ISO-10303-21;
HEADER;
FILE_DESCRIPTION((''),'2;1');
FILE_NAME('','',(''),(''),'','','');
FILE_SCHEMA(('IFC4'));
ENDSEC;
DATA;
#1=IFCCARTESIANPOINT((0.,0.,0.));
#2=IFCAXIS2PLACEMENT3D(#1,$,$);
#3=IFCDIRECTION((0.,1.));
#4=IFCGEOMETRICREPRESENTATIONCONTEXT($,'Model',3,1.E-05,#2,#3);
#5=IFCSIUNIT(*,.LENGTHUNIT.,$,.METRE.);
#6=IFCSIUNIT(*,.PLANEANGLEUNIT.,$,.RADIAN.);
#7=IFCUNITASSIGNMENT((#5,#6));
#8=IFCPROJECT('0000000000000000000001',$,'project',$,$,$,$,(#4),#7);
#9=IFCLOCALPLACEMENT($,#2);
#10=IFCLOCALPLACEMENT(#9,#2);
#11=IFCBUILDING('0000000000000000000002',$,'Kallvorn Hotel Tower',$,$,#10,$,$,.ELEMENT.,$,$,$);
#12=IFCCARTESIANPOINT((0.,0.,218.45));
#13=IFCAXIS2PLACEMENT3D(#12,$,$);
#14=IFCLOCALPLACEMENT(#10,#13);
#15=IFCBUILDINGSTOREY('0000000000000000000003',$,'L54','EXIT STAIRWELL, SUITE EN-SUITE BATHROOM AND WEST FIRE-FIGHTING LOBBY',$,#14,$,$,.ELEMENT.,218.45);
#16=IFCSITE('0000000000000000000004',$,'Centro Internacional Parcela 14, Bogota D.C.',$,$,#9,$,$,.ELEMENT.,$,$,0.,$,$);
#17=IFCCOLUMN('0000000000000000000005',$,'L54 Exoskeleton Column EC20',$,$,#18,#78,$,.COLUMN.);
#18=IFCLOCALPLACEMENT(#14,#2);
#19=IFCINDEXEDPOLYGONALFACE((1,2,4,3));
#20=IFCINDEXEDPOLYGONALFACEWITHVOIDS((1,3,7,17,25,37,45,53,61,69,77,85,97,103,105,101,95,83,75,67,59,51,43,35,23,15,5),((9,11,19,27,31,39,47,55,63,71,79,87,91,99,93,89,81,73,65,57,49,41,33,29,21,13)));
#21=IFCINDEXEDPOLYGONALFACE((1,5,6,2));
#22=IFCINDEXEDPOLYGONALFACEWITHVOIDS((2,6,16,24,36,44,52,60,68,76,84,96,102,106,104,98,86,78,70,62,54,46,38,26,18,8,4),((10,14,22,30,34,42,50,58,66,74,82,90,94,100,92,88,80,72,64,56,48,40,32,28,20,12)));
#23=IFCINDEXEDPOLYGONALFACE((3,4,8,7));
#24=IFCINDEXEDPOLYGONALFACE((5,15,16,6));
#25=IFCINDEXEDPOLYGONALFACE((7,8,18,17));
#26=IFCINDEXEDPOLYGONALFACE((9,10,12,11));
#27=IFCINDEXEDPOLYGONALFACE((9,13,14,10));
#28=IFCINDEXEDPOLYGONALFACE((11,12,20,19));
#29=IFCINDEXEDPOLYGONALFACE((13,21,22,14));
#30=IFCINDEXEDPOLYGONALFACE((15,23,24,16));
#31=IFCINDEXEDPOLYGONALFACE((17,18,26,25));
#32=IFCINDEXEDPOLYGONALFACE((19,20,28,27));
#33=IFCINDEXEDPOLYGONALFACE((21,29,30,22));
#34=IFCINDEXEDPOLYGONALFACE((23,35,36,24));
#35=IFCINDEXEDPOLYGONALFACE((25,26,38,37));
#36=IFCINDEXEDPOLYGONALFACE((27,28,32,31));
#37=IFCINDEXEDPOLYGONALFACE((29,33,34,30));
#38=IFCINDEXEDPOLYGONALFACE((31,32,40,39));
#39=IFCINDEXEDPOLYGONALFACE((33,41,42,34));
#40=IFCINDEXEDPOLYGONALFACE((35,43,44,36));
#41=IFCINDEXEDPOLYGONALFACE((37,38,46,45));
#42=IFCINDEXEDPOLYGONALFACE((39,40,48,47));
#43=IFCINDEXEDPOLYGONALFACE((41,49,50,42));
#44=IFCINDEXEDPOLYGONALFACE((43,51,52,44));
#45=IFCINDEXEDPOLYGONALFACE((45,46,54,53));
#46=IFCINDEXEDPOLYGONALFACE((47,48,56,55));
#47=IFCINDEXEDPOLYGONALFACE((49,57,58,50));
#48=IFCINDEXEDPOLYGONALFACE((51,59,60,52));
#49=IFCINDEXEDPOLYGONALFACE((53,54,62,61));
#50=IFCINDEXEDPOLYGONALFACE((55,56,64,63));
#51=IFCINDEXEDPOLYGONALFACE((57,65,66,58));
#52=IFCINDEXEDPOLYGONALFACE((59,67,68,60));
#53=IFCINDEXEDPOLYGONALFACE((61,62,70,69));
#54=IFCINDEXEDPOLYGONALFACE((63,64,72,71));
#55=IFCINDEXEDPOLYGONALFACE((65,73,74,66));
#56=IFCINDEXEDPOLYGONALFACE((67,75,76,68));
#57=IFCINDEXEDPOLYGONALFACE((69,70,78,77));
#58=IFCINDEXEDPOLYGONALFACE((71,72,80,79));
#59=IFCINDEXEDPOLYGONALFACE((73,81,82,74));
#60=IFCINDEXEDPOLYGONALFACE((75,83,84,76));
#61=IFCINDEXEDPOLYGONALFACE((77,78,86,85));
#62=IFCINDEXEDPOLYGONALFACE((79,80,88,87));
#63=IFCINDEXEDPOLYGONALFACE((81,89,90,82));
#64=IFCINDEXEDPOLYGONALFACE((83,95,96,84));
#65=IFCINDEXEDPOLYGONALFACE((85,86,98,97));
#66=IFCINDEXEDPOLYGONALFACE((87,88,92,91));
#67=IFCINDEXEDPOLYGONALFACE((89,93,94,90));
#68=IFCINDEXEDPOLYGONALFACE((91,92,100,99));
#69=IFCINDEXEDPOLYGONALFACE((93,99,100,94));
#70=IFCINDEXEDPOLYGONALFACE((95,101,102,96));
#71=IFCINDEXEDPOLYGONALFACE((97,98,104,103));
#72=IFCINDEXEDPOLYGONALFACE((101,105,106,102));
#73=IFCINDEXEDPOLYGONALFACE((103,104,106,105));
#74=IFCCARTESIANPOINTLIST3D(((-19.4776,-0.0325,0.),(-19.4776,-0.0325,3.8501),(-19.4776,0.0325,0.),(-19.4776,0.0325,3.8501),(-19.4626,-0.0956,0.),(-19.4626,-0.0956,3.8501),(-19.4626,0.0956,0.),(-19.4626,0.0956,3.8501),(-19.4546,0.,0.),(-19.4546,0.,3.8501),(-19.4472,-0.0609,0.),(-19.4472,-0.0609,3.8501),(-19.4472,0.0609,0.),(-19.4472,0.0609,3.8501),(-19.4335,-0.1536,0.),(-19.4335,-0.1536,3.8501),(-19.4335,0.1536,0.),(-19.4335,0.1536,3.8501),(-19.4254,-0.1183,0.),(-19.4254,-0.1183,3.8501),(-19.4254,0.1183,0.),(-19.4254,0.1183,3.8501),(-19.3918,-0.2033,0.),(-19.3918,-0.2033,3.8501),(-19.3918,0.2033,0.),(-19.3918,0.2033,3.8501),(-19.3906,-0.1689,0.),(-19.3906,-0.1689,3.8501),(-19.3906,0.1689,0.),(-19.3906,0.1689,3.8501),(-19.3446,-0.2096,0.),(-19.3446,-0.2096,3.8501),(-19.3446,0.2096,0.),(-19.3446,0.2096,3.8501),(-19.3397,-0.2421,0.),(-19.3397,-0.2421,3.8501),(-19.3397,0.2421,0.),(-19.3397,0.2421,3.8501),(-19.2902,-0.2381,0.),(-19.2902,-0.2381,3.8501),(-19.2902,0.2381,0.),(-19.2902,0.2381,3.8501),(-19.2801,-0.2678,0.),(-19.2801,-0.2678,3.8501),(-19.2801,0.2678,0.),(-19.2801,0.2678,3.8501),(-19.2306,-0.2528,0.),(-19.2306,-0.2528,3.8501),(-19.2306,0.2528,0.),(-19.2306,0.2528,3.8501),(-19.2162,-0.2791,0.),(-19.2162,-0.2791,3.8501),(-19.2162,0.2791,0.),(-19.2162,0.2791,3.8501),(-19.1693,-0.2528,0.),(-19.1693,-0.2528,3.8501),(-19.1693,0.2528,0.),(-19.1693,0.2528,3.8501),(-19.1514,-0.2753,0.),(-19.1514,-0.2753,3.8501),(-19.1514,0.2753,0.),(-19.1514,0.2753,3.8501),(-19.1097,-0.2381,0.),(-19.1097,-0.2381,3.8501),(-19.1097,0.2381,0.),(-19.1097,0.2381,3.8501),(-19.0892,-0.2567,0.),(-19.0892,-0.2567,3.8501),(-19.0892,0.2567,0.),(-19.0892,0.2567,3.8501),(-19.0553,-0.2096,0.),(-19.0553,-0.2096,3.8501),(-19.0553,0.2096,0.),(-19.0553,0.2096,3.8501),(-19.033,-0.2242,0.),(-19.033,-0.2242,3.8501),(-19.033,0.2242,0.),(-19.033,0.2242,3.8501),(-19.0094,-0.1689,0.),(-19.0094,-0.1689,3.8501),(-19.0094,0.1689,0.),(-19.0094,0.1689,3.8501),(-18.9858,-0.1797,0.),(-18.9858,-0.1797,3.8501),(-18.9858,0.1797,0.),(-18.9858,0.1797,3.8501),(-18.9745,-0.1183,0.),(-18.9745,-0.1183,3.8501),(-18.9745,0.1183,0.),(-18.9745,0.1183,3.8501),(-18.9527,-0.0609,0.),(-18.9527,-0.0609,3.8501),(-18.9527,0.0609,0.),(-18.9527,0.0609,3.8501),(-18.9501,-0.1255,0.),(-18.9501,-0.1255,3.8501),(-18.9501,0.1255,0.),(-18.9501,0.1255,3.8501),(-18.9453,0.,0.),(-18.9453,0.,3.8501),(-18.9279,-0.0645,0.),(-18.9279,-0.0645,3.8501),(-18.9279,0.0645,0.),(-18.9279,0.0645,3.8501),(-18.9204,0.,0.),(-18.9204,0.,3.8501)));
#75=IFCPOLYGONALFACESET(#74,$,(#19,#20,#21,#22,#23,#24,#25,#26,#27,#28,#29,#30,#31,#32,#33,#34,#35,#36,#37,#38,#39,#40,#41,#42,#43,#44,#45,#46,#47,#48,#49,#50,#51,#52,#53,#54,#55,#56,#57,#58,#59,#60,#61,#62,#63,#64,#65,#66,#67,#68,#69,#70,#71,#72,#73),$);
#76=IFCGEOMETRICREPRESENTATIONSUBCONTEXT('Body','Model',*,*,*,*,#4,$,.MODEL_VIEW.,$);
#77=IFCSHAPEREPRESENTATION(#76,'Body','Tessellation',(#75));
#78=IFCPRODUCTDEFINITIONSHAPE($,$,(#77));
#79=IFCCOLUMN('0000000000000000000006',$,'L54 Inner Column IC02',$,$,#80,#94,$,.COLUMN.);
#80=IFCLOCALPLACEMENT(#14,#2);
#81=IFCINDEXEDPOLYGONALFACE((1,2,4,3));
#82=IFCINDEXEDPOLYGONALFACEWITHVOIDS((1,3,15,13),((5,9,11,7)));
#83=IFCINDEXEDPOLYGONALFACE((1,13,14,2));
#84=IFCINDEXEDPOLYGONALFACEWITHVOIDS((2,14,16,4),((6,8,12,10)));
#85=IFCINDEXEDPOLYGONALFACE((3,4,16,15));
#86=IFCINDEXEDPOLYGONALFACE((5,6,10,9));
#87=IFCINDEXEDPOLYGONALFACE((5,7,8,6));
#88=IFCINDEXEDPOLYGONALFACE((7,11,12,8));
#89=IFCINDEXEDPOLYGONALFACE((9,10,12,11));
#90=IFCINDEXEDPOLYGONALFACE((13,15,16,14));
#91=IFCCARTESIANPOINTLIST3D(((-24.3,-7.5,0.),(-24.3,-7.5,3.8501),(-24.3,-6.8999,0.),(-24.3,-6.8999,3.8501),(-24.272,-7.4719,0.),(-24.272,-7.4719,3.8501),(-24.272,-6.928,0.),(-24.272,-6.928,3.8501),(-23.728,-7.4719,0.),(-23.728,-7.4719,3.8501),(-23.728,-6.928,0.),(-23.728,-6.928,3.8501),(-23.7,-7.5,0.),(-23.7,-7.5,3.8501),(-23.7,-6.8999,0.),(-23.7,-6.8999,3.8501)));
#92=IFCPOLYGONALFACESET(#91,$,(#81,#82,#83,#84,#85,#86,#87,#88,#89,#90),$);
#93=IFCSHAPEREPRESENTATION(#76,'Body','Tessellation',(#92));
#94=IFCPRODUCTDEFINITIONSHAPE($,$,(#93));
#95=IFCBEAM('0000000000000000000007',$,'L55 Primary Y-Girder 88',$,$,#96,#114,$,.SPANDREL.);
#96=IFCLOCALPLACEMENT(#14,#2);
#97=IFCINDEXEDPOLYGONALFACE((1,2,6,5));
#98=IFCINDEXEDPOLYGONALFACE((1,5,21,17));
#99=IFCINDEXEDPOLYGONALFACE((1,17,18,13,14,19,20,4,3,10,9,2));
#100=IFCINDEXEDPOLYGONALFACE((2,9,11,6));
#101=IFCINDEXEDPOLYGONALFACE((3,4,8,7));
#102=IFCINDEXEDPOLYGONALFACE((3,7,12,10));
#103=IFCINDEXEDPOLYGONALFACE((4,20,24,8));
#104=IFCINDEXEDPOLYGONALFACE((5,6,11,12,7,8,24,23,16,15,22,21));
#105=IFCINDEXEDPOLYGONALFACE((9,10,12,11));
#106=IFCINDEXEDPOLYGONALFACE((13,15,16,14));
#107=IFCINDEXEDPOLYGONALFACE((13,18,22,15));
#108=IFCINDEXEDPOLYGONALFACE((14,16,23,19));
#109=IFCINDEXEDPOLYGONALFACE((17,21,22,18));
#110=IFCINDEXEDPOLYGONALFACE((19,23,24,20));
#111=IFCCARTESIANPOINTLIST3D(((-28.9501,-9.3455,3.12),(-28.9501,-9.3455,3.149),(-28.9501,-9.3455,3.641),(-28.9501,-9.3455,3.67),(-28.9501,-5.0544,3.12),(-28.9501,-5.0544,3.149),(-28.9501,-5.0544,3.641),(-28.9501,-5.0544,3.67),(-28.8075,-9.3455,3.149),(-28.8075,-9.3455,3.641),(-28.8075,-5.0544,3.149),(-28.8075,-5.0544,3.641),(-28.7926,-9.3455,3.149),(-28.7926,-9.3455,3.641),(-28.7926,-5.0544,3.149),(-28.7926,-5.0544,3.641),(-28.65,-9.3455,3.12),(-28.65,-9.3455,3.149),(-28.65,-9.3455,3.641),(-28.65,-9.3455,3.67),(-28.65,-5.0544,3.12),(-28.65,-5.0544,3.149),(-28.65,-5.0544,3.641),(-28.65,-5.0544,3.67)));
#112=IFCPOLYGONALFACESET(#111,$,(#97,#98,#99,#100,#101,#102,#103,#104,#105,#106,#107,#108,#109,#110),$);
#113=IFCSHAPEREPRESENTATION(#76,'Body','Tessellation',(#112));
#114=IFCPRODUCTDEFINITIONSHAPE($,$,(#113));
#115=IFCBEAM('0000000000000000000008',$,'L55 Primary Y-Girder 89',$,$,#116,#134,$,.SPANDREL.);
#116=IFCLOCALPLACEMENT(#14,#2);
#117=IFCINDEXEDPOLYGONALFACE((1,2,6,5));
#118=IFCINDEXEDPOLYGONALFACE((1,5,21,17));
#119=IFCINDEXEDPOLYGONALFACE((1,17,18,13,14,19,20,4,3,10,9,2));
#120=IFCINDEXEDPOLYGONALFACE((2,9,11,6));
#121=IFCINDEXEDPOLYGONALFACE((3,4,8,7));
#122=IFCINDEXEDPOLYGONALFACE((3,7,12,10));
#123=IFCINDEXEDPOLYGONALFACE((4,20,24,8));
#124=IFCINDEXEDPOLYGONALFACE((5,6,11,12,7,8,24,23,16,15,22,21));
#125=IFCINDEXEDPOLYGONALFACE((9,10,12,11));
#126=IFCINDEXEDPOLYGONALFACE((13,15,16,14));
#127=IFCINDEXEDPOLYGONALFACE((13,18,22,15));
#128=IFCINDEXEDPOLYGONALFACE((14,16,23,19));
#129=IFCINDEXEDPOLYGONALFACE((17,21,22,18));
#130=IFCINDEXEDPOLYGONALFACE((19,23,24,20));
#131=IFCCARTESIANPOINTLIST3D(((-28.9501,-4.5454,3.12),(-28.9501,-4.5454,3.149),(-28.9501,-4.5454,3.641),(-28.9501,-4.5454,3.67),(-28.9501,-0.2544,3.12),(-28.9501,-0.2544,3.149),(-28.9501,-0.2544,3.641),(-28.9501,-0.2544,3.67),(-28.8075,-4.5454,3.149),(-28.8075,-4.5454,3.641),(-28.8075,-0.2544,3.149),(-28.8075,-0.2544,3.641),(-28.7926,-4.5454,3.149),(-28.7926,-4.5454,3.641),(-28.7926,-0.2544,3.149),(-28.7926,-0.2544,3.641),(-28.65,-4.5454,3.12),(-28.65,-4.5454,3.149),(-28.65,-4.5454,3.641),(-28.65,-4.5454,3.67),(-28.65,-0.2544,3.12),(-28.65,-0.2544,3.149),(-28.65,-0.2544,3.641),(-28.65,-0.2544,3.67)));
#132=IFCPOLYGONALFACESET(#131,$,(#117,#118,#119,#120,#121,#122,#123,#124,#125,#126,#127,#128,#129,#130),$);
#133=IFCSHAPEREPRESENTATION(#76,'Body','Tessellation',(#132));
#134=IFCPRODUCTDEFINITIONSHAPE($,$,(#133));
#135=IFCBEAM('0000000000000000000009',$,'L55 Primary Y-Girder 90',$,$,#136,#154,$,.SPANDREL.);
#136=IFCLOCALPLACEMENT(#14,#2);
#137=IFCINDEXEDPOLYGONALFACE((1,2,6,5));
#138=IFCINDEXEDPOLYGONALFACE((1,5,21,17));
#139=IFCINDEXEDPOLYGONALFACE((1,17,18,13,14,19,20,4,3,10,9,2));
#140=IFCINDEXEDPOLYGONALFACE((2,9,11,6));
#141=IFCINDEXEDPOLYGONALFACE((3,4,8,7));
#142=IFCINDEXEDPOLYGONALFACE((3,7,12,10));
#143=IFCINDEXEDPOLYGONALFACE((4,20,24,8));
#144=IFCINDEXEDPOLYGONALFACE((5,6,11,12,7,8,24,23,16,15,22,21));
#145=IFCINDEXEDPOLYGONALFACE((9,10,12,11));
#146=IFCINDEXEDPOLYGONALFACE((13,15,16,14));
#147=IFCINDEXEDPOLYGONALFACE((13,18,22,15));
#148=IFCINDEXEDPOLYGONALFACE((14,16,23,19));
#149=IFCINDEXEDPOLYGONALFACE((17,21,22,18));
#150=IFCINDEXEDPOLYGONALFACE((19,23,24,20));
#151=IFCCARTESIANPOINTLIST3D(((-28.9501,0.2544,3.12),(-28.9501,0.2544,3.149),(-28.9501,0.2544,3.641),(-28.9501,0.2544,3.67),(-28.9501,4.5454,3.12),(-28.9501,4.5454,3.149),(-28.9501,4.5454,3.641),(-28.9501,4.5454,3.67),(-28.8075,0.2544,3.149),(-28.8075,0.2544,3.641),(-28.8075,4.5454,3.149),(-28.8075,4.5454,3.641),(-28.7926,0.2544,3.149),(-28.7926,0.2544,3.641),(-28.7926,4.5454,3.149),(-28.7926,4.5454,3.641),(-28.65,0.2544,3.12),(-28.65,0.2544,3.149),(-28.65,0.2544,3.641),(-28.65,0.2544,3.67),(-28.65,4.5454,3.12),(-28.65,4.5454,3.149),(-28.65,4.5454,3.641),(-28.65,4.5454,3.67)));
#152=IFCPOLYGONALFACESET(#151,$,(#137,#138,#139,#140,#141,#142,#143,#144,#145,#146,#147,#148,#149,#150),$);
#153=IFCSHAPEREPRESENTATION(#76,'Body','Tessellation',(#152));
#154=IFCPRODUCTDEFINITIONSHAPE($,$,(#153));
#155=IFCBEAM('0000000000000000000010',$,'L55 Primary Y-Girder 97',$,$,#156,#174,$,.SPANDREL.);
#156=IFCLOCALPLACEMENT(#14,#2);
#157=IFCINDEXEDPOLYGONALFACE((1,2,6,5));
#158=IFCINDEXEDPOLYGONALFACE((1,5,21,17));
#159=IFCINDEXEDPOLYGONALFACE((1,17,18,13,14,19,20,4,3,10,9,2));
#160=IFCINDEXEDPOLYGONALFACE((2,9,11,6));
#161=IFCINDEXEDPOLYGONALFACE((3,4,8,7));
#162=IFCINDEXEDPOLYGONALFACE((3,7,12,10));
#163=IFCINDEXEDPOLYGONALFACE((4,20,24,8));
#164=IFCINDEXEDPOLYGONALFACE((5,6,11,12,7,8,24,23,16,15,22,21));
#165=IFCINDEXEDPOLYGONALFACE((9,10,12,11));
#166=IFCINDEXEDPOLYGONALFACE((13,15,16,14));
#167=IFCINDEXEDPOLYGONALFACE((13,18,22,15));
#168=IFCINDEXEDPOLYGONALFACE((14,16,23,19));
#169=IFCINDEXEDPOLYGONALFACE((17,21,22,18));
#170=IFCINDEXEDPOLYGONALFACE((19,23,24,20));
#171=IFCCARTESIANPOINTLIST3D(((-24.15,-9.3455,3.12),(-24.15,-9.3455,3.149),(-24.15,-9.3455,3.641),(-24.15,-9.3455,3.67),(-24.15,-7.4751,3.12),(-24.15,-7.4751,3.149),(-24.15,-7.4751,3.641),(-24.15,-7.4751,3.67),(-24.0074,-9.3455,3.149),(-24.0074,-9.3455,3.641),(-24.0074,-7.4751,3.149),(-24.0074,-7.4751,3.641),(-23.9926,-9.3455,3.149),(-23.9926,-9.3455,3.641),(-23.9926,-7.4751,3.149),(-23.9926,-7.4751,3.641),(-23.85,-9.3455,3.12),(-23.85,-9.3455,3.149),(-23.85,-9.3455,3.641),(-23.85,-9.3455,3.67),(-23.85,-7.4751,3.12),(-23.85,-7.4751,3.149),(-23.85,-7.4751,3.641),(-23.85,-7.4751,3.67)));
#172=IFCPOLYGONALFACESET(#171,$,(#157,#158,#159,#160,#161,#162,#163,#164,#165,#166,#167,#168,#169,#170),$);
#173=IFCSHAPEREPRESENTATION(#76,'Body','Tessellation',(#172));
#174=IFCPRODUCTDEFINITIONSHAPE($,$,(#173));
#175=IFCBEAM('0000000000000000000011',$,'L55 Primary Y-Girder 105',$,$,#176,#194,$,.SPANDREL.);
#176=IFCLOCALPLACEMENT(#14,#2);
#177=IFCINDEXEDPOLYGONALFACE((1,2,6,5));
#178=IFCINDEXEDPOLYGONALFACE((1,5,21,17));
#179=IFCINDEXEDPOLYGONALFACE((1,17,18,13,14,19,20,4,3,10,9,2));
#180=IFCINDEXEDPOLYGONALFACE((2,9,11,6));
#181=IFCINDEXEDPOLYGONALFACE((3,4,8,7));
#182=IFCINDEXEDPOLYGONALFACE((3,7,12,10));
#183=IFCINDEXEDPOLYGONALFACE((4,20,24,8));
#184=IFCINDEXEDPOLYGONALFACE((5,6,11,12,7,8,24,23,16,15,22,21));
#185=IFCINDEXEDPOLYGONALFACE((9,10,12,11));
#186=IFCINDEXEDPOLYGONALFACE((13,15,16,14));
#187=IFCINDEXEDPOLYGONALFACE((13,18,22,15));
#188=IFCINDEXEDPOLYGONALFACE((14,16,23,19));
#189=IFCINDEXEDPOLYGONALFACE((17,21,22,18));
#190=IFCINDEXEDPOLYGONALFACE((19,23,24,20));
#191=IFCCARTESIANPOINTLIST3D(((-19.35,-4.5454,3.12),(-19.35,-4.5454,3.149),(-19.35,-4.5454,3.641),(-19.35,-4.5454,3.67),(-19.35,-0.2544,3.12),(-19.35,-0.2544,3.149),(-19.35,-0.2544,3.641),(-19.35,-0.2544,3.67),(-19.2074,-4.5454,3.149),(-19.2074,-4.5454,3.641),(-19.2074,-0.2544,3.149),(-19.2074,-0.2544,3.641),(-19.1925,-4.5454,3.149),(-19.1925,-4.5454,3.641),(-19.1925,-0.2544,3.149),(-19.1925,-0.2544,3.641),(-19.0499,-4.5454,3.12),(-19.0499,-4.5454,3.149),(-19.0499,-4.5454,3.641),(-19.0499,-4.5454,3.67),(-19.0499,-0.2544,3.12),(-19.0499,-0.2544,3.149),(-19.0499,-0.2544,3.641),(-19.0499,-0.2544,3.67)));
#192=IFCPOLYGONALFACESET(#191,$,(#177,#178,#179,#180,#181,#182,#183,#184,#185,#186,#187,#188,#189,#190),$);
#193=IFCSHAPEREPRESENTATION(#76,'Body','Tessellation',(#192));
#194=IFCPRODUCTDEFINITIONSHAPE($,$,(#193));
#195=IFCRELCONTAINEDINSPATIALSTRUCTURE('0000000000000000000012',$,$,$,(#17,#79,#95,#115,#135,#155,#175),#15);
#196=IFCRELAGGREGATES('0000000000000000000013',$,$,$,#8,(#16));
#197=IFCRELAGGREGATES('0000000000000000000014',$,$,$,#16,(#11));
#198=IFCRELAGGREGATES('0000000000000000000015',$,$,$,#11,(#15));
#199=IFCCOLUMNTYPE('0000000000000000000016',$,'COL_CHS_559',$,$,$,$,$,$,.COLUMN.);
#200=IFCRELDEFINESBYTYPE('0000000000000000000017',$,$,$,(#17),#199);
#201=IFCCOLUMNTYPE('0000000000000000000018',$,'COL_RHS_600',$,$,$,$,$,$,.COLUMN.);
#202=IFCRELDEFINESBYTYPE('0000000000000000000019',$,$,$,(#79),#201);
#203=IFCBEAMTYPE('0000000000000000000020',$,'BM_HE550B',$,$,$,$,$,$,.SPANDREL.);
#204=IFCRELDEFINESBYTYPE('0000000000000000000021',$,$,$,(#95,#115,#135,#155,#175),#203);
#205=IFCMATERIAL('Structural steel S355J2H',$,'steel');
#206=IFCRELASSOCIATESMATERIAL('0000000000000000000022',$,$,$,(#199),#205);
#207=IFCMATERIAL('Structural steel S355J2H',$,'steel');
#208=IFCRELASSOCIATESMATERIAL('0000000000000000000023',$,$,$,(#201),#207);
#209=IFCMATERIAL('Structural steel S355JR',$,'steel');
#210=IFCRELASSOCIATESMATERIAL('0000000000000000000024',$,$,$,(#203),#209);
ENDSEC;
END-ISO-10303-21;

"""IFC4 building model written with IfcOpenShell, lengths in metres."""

from ifc_helpers import new_model, si_unit, direction, frame, origin, origin_2d, place, context, subcontext, project, spatial, hollow_rectangle, hollow_circle, i_section, extrude, material, material_profile, profile_set, type_object, element, save


model = new_model("IFC4")

# Units and contexts
model_context = context("Model", 3, precision=1e-05, world=origin(), true_north=direction((0.0, 1.0)))
body_context = subcontext(model_context, "Body", "Model", "MODEL_VIEW")
ifc_project = project(units=[si_unit("LENGTHUNIT", "METRE"), si_unit("PLANEANGLEUNIT", "RADIAN")], contexts=[model_context])

# Site, building, storey
site_placement = place(None, origin())
site = spatial("IfcSite", under=ifc_project, at=site_placement, Name="Centro Internacional Parcela 14, Bogota D.C.", CompositionType="ELEMENT", RefElevation=0.0)
building_placement = place(site_placement, origin())
building = spatial("IfcBuilding", under=site, at=building_placement, Name="Kallvorn Hotel Tower", CompositionType="ELEMENT")
storey_placement = place(building_placement, frame((0.0, 0.0, 218.45)))
storey = spatial("IfcBuildingStorey", under=building, at=storey_placement, Name="L54", Description="EXIT STAIRWELL, SUITE EN-SUITE BATHROOM AND WEST FIRE-FIGHTING LOBBY", CompositionType="ELEMENT", Elevation=218.45)

# Columns
ifc_material_1 = material(Name="Structural steel S355J2H", Category="steel")
ifc_material_profile_1 = material_profile(ifc_material_1, hollow_circle(Radius=0.2795, WallThickness=0.0249, at=origin_2d()), Name="CHS 559x25")
ifc_profile_set_1 = profile_set([ifc_material_profile_1], Name="Structural steel S355J2H")
column_type_1 = type_object("IfcColumnType", Name="COL_CHS_559", PredefinedType="COLUMN", material=ifc_profile_set_1)
for number, where, z_axis, x_axis, name in (
    (1, (-19.2, 0.0, 0.0), (0.0, 0.0, 1.0), (1.0, 0.0, 0.0), "L54 Exoskeleton Column EC20"),
):
    element("IfcColumn", number, at=place(storey_placement, frame(where, z_axis=z_axis, x_axis=x_axis)), inside=storey, type_object=column_type_1, Name=name, PredefinedType="COLUMN", context=body_context, shape_type="SweptSolid", body=[
        extrude(hollow_circle(Radius=0.2795, WallThickness=0.0249, at=origin_2d()), origin(), (0.0, 0.0, 1.0), 3.8501),
    ])
ifc_material_2 = material(Name="Structural steel S355J2H", Category="steel")
ifc_material_profile_2 = material_profile(ifc_material_2, hollow_rectangle(XDim=0.6001, YDim=0.6001, WallThickness=0.0281, at=origin_2d()), Name="RHS 600x600x28")
ifc_profile_set_2 = profile_set([ifc_material_profile_2], Name="Structural steel S355J2H")
column_type_2 = type_object("IfcColumnType", Name="COL_RHS_600", PredefinedType="COLUMN", material=ifc_profile_set_2)
column_placement = place(storey_placement, frame((-24.0, -7.2, 0.0), z_axis=(0.0, 0.0, 1.0), x_axis=(1.0, 0.0, 0.0)))
element("IfcColumn", 2, at=column_placement, inside=storey, type_object=column_type_2, Name="L54 Inner Column IC02", PredefinedType="COLUMN", context=body_context, shape_type="SweptSolid", body=[
    extrude(hollow_rectangle(XDim=0.6001, YDim=0.6001, WallThickness=0.0281, at=origin_2d()), origin(), (0.0, 0.0, 1.0), 3.8501),
])

# Beams
ifc_material_3 = material(Name="Structural steel S355JR", Category="steel")
ifc_material_profile_3 = material_profile(ifc_material_3, i_section(OverallWidth=0.3, OverallDepth=0.55, WebThickness=0.0149, FlangeThickness=0.0291, at=origin_2d()), Name="HE 550 B")
ifc_profile_set_3 = profile_set([ifc_material_profile_3], Name="Structural steel S355JR")
beam_type_1 = type_object("IfcBeamType", Name="BM_HE550B", PredefinedType="SPANDREL", material=ifc_profile_set_3)
for number, where, z_axis, x_axis, name in (
    (3, (-28.8, -9.3455, 3.395), (0.0, 1.0, 0.0), (-1.0, 0.0, 0.0), "L55 Primary Y-Girder 88"),
    (4, (-28.8, -4.5454, 3.395), (0.0, 1.0, 0.0), (-1.0, 0.0, 0.0), "L55 Primary Y-Girder 89"),
    (5, (-28.8, 0.2544, 3.395), (0.0, 1.0, 0.0), (-1.0, 0.0, 0.0), "L55 Primary Y-Girder 90"),
):
    element("IfcBeam", number, at=place(storey_placement, frame(where, z_axis=z_axis, x_axis=x_axis)), inside=storey, type_object=beam_type_1, Name=name, PredefinedType="SPANDREL", context=body_context, shape_type="SweptSolid", body=[
        extrude(i_section(OverallWidth=0.3, OverallDepth=0.55, WebThickness=0.0149, FlangeThickness=0.0291, at=origin_2d()), origin(), (0.0, 0.0, 1.0), 4.291),
    ])
beam_1_placement = place(storey_placement, frame((-24.0, -9.3455, 3.395), z_axis=(0.0, 1.0, 0.0), x_axis=(-1.0, 0.0, 0.0)))
element("IfcBeam", 6, at=beam_1_placement, inside=storey, type_object=beam_type_1, Name="L55 Primary Y-Girder 97", PredefinedType="SPANDREL", context=body_context, shape_type="SweptSolid", body=[
    extrude(i_section(OverallWidth=0.3, OverallDepth=0.55, WebThickness=0.0149, FlangeThickness=0.0291, at=origin_2d()), origin(), (0.0, 0.0, 1.0), 1.8704),
])
for number, where, z_axis, x_axis, name in (
    (7, (-19.2, -4.5454, 3.395), (0.0, 1.0, 0.0), (-1.0, 0.0, 0.0), "L55 Primary Y-Girder 105"),
):
    element("IfcBeam", number, at=place(storey_placement, frame(where, z_axis=z_axis, x_axis=x_axis)), inside=storey, type_object=beam_type_1, Name=name, PredefinedType="SPANDREL", context=body_context, shape_type="SweptSolid", body=[
        extrude(i_section(OverallWidth=0.3, OverallDepth=0.55, WebThickness=0.0149, FlangeThickness=0.0291, at=origin_2d()), origin(), (0.0, 0.0, 1.0), 4.291),
    ])

save(model, "model.ifc")
